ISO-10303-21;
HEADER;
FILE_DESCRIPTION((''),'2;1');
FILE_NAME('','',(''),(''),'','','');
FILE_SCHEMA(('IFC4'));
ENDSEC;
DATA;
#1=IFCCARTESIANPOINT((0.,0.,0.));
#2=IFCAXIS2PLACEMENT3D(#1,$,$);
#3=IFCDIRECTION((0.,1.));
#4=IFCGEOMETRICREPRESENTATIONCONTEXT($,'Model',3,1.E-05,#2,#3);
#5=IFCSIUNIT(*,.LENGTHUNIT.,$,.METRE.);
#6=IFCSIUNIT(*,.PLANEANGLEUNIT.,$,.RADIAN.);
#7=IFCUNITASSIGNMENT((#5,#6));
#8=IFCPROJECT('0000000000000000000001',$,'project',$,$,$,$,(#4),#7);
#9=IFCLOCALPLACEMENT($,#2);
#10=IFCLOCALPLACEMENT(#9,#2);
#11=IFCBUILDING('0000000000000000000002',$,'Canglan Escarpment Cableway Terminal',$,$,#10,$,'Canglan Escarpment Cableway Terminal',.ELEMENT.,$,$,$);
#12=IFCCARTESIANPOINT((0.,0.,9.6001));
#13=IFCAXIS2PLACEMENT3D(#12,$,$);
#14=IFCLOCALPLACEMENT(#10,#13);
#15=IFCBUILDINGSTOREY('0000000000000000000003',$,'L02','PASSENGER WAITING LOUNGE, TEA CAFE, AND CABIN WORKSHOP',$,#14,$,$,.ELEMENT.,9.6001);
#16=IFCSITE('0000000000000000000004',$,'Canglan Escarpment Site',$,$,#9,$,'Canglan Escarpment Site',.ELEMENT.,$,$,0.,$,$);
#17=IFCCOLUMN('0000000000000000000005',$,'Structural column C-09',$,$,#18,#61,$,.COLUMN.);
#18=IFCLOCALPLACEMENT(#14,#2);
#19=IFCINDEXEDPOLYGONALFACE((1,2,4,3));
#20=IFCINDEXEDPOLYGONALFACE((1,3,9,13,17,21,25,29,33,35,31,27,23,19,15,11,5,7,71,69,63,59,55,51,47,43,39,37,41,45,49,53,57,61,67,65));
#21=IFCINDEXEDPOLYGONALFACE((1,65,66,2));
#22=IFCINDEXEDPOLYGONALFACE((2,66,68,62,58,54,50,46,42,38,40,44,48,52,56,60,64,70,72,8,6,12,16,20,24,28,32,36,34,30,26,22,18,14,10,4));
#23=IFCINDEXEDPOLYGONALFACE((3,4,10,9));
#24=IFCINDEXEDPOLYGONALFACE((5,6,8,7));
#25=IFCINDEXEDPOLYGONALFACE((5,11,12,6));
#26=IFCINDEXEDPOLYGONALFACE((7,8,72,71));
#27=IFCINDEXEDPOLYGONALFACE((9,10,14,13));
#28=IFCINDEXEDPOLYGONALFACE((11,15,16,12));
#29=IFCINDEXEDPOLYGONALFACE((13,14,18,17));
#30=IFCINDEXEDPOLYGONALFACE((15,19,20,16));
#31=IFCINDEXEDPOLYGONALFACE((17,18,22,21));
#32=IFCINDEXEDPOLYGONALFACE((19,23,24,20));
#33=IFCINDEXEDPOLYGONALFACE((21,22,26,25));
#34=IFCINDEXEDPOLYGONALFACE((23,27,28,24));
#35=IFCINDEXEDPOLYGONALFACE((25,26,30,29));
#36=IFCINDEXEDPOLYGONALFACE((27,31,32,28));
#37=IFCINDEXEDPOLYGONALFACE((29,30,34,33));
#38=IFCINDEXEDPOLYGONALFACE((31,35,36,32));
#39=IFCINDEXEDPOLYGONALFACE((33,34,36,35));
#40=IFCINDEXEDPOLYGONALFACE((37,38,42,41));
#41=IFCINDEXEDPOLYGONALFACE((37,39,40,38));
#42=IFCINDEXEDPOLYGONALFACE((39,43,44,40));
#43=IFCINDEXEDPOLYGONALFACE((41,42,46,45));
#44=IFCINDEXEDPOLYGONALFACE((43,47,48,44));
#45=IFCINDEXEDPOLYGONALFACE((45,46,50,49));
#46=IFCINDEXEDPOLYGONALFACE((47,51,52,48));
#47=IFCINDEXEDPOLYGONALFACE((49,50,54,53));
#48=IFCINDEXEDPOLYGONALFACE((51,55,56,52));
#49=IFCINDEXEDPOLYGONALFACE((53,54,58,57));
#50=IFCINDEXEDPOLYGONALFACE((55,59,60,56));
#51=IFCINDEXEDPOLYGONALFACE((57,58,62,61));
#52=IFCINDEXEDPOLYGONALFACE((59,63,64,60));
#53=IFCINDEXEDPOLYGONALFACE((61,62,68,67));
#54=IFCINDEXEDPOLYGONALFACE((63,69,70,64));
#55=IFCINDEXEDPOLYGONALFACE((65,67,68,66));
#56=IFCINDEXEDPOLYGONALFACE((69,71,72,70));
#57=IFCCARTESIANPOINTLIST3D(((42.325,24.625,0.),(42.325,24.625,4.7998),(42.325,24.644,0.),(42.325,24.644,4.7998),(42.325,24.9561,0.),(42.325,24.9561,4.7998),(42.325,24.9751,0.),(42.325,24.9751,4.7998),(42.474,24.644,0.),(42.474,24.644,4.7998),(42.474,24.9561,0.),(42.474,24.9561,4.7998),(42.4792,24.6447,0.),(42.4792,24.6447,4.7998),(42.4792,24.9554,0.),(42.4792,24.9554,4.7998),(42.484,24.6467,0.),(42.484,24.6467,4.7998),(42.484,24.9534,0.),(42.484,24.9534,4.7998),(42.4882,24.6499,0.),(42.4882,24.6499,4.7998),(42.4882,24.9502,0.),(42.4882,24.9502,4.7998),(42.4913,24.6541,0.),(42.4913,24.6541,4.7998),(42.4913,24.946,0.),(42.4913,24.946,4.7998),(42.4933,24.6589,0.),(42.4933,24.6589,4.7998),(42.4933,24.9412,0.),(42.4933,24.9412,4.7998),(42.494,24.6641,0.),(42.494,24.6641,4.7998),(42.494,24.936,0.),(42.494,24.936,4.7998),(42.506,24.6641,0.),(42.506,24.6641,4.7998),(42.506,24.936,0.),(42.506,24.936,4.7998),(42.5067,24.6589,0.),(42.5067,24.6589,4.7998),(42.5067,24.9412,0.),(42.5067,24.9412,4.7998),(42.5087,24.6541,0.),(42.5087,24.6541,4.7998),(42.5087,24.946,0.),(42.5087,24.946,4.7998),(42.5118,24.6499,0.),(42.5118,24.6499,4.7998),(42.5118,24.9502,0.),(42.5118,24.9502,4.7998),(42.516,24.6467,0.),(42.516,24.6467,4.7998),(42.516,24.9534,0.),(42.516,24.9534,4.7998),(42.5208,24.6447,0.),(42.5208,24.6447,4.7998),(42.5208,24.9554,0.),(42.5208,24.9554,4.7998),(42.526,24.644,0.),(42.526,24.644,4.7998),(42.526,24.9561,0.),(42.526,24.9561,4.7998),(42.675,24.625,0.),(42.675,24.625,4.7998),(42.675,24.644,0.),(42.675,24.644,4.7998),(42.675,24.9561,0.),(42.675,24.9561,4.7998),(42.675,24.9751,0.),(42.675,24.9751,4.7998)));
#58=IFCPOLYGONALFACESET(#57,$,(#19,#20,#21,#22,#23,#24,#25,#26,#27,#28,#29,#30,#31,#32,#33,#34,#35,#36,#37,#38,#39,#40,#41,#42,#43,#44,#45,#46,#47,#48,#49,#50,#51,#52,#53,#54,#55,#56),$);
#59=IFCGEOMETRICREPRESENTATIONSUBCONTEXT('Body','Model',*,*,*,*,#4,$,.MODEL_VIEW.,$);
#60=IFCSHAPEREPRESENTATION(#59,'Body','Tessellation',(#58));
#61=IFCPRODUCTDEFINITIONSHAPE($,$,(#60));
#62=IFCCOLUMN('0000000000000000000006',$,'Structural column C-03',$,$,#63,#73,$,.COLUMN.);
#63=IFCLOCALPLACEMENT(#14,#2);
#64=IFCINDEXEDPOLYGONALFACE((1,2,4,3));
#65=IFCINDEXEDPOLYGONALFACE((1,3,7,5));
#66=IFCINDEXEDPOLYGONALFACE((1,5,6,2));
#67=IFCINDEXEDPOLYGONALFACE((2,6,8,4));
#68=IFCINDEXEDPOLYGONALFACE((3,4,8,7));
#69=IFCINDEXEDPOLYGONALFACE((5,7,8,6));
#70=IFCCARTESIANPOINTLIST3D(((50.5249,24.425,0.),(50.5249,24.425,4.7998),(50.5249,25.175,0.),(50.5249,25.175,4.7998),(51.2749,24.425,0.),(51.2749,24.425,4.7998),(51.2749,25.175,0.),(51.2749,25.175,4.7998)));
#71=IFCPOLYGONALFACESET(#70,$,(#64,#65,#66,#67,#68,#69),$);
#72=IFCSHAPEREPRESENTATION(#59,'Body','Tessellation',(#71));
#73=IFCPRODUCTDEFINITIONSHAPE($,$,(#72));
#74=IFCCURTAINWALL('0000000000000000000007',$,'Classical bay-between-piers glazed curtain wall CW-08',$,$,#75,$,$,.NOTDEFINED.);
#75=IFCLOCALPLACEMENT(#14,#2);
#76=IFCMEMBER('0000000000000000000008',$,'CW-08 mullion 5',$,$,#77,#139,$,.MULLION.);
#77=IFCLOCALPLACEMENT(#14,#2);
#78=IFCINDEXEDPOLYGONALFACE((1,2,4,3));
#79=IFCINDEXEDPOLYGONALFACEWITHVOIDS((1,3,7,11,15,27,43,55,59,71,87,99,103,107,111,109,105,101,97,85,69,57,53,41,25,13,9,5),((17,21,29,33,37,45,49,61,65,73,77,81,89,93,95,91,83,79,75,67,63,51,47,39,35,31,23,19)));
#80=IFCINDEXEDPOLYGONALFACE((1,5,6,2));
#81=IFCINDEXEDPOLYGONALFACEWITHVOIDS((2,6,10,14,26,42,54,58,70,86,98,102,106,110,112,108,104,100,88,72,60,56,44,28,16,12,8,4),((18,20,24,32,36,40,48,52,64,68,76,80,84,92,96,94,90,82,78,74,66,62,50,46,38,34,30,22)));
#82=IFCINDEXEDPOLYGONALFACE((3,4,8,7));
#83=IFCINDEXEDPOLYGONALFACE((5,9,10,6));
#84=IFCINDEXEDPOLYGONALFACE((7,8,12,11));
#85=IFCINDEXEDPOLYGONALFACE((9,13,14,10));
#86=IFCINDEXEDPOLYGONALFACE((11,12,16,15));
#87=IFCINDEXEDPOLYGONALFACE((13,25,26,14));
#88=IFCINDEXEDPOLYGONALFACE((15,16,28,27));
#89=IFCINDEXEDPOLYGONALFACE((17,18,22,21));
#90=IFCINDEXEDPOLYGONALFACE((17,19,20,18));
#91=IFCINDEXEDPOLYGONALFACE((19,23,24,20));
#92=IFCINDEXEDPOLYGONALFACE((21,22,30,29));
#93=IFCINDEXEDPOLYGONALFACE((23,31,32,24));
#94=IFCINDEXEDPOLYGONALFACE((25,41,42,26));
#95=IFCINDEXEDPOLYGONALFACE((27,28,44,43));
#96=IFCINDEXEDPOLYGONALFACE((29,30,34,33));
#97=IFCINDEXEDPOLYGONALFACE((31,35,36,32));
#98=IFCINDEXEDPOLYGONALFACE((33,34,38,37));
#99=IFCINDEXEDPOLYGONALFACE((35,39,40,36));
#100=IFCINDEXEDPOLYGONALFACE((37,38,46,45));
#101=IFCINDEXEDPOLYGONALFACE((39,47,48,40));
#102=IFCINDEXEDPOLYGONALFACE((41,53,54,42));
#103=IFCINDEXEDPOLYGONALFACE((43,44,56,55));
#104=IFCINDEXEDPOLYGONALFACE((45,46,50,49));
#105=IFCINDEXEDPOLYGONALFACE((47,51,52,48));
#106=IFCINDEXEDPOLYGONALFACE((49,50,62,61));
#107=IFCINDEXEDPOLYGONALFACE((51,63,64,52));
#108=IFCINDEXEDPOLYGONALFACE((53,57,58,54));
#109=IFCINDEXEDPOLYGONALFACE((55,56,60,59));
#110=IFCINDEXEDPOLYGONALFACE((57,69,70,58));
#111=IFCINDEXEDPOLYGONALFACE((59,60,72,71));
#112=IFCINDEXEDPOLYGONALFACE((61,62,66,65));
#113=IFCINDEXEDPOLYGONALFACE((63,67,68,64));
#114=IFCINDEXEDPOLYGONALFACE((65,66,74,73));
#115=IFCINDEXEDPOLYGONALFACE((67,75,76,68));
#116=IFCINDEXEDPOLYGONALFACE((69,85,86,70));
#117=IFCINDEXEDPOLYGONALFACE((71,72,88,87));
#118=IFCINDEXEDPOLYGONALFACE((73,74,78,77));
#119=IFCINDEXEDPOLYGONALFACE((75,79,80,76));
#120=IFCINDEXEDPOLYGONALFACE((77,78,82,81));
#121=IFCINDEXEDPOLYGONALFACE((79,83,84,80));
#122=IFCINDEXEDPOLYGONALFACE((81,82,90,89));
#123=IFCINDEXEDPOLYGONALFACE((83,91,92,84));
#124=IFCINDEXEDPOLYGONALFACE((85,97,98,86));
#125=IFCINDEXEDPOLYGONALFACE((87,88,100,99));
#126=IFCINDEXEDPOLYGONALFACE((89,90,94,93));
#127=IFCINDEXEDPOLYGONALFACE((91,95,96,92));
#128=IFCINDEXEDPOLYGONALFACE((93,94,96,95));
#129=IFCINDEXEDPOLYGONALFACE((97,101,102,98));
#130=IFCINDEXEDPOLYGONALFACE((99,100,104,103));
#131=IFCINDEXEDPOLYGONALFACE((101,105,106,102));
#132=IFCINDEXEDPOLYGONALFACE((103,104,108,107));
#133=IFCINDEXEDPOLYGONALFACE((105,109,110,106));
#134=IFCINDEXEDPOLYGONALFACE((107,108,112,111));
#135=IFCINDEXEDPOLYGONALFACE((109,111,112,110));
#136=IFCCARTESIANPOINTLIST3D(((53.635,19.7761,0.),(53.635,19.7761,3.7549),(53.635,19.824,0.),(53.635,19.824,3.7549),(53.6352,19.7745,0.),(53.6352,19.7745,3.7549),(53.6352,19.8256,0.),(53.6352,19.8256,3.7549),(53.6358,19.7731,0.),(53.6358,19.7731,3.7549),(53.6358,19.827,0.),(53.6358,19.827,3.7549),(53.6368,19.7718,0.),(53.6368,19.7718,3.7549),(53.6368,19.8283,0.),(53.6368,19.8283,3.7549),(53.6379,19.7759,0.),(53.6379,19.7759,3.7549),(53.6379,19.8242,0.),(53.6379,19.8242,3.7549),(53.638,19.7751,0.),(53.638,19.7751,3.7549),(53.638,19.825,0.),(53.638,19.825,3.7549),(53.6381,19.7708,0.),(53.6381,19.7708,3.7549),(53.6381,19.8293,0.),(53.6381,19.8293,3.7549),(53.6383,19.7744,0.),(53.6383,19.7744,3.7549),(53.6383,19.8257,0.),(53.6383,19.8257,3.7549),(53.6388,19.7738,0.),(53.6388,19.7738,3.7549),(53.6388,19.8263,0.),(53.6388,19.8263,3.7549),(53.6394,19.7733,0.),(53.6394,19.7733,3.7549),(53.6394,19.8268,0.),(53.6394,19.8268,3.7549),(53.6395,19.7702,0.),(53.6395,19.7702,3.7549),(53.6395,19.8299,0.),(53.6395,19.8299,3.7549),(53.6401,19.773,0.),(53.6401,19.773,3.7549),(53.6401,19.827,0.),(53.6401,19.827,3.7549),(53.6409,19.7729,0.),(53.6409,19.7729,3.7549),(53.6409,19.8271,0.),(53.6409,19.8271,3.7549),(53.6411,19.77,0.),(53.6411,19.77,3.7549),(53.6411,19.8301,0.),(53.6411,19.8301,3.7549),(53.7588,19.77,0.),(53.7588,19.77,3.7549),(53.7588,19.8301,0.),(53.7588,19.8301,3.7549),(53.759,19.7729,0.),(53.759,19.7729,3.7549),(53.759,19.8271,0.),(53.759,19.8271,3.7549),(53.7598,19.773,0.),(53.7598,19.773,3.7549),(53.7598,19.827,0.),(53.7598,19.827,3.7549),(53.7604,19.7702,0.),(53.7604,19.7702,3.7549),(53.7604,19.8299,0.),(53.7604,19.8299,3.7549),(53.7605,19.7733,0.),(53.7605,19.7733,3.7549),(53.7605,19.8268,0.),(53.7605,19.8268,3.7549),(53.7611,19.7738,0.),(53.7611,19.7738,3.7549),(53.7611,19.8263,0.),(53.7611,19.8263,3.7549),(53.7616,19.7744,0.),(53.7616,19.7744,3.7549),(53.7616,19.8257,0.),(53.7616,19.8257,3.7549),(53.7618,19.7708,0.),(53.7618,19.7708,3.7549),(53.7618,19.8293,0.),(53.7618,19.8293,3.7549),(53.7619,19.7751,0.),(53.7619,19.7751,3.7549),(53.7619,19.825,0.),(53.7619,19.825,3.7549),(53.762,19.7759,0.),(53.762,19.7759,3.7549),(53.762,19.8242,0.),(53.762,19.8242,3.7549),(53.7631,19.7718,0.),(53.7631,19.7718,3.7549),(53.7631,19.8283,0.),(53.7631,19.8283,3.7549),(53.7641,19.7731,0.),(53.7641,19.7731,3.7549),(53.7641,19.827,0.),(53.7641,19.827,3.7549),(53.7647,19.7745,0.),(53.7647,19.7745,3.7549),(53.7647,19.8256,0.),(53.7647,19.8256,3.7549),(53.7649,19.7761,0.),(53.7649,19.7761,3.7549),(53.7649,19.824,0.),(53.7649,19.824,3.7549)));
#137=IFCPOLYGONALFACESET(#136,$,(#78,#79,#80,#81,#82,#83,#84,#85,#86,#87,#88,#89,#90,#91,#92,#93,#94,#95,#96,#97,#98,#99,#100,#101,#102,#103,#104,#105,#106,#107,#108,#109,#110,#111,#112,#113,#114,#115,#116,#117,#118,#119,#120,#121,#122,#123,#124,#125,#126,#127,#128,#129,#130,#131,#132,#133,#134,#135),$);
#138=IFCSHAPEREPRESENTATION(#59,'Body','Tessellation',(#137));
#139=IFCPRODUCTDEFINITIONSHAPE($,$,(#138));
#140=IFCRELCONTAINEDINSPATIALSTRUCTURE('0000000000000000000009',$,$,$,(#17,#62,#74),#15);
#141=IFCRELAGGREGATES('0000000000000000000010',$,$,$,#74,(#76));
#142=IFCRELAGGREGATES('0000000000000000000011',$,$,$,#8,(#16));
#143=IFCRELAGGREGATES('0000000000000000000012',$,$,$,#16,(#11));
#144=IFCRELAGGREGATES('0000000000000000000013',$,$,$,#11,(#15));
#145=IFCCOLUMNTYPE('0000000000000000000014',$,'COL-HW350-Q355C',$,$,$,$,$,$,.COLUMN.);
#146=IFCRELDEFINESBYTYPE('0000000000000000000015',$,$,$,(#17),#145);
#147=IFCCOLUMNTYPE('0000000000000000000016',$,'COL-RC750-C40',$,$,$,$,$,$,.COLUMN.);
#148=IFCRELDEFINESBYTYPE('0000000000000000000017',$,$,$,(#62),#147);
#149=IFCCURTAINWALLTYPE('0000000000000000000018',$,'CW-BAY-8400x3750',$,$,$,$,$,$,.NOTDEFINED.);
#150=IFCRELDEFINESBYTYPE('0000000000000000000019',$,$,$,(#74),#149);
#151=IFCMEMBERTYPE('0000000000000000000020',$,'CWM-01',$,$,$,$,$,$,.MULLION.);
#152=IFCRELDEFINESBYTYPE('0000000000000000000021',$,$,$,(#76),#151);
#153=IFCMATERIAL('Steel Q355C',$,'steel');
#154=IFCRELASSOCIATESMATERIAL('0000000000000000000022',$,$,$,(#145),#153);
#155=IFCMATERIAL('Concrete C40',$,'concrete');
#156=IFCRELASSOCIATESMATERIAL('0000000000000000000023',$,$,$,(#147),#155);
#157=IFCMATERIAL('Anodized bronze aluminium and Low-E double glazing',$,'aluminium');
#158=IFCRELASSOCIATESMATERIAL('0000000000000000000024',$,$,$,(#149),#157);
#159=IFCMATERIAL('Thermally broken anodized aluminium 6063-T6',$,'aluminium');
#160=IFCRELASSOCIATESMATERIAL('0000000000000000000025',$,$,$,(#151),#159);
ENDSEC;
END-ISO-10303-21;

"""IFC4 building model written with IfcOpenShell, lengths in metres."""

from ifc_helpers import new_model, si_unit, direction, frame, origin, origin_2d, place, context, subcontext, project, spatial, rectangle, hollow_rectangle, i_section, extrude, material, material_profile, profile_set, type_object, element, aggregate, save


model = new_model("IFC4")

# Units and contexts
model_context = context("Model", 3, precision=1e-05, world=origin(), true_north=direction((0.0, 1.0)))
body_context = subcontext(model_context, "Body", "Model", "MODEL_VIEW")
ifc_project = project(units=[si_unit("LENGTHUNIT", "METRE"), si_unit("PLANEANGLEUNIT", "RADIAN")], contexts=[model_context])

# Site, building, storey
site_placement = place(None, origin())
site = spatial("IfcSite", under=ifc_project, at=site_placement, Name="Canglan Escarpment Site", LongName="Canglan Escarpment Site", CompositionType="ELEMENT", RefElevation=0.0)
building_placement = place(site_placement, origin())
building = spatial("IfcBuilding", under=site, at=building_placement, Name="Canglan Escarpment Cableway Terminal", LongName="Canglan Escarpment Cableway Terminal", CompositionType="ELEMENT")
storey_placement = place(building_placement, frame((0.0, 0.0, 9.6001)))
storey = spatial("IfcBuildingStorey", under=building, at=storey_placement, Name="L02", Description="PASSENGER WAITING LOUNGE, TEA CAFE, AND CABIN WORKSHOP", CompositionType="ELEMENT", Elevation=9.6001)

# Columns
ifc_material_1 = material(Name="Steel Q355C", Category="steel")
ifc_material_profile_1 = material_profile(ifc_material_1, i_section(OverallWidth=0.3501, OverallDepth=0.3501, WebThickness=0.012, FlangeThickness=0.019, FilletRadius=0.02, at=origin_2d()), Name="HW 350x350x12x19")
ifc_profile_set_1 = profile_set([ifc_material_profile_1], Name="Steel Q355C")
column_type_1 = type_object("IfcColumnType", Name="COL-HW350-Q355C", PredefinedType="COLUMN", material=ifc_profile_set_1)
column_1_placement = place(storey_placement, frame((42.5, 24.8, 0.0), z_axis=(0.0, 0.0, 1.0), x_axis=(1.0, 0.0, 0.0)))
element("IfcColumn", 1, at=column_1_placement, inside=storey, type_object=column_type_1, Name="Structural column C-09", PredefinedType="COLUMN", context=body_context, shape_type="SweptSolid", body=[
    extrude(i_section(OverallWidth=0.3501, OverallDepth=0.3501, WebThickness=0.012, FlangeThickness=0.019, FilletRadius=0.02, at=origin_2d()), origin(), (0.0, 0.0, 1.0), 4.7998),
])
ifc_material_2 = material(Name="Concrete C40", Category="concrete")
ifc_material_profile_2 = material_profile(ifc_material_2, rectangle(XDim=0.75, YDim=0.75, at=origin_2d()), Name="RC 750x750")
ifc_profile_set_2 = profile_set([ifc_material_profile_2], Name="Concrete C40")
column_type_2 = type_object("IfcColumnType", Name="COL-RC750-C40", PredefinedType="COLUMN", material=ifc_profile_set_2)
column_2_placement = place(storey_placement, frame((50.8999, 24.8, 0.0), z_axis=(0.0, 0.0, 1.0), x_axis=(1.0, 0.0, 0.0)))
element("IfcColumn", 2, at=column_2_placement, inside=storey, type_object=column_type_2, Name="Structural column C-03", PredefinedType="COLUMN", context=body_context, shape_type="SweptSolid", body=[
    extrude(rectangle(XDim=0.75, YDim=0.75, at=origin_2d()), origin(), (0.0, 0.0, 1.0), 4.7998),
])

# Curtain wall, member
ifc_material_3 = material(Name="Anodized bronze aluminium and Low-E double glazing", Category="aluminium")
curtain_wall_type = type_object("IfcCurtainWallType", Name="CW-BAY-8400x3750", PredefinedType="NOTDEFINED", material=ifc_material_3)
curtain_wall_placement = place(storey_placement, origin())
curtain_wall = element("IfcCurtainWall", 3, at=curtain_wall_placement, inside=storey, type_object=curtain_wall_type, Name="Classical bay-between-piers glazed curtain wall CW-08", PredefinedType="NOTDEFINED")
ifc_material_4 = material(Name="Thermally broken anodized aluminium 6063-T6", Category="aluminium")
ifc_material_profile_3 = material_profile(ifc_material_4, hollow_rectangle(XDim=0.0601, YDim=0.1299, WallThickness=0.0029, InnerFilletRadius=0.0029, OuterFilletRadius=0.0061, at=origin_2d()), Name="ALU-MULL 60x130x3")
ifc_profile_set_3 = profile_set([ifc_material_profile_3], Name="Thermally broken anodized aluminium 6063-T6")
member_type_1 = type_object("IfcMemberType", Name="CWM-01", PredefinedType="MULLION", material=ifc_profile_set_3)
member_1_placement = place(storey_placement, frame((53.7, 19.8, 0.0), z_axis=(0.0, 0.0, 1.0), x_axis=(0.0, -1.0, 0.0)))
member_1 = element("IfcMember", 4, at=member_1_placement, type_object=member_type_1, Name="CW-08 mullion 5", PredefinedType="MULLION", context=body_context, shape_type="SweptSolid", body=[
    extrude(hollow_rectangle(XDim=0.0601, YDim=0.1299, WallThickness=0.0029, InnerFilletRadius=0.0029, OuterFilletRadius=0.0061, at=origin_2d()), origin(), (0.0, 0.0, 1.0), 3.7549),
])

aggregate(curtain_wall, [member_1])

save(model, "model.ifc")
